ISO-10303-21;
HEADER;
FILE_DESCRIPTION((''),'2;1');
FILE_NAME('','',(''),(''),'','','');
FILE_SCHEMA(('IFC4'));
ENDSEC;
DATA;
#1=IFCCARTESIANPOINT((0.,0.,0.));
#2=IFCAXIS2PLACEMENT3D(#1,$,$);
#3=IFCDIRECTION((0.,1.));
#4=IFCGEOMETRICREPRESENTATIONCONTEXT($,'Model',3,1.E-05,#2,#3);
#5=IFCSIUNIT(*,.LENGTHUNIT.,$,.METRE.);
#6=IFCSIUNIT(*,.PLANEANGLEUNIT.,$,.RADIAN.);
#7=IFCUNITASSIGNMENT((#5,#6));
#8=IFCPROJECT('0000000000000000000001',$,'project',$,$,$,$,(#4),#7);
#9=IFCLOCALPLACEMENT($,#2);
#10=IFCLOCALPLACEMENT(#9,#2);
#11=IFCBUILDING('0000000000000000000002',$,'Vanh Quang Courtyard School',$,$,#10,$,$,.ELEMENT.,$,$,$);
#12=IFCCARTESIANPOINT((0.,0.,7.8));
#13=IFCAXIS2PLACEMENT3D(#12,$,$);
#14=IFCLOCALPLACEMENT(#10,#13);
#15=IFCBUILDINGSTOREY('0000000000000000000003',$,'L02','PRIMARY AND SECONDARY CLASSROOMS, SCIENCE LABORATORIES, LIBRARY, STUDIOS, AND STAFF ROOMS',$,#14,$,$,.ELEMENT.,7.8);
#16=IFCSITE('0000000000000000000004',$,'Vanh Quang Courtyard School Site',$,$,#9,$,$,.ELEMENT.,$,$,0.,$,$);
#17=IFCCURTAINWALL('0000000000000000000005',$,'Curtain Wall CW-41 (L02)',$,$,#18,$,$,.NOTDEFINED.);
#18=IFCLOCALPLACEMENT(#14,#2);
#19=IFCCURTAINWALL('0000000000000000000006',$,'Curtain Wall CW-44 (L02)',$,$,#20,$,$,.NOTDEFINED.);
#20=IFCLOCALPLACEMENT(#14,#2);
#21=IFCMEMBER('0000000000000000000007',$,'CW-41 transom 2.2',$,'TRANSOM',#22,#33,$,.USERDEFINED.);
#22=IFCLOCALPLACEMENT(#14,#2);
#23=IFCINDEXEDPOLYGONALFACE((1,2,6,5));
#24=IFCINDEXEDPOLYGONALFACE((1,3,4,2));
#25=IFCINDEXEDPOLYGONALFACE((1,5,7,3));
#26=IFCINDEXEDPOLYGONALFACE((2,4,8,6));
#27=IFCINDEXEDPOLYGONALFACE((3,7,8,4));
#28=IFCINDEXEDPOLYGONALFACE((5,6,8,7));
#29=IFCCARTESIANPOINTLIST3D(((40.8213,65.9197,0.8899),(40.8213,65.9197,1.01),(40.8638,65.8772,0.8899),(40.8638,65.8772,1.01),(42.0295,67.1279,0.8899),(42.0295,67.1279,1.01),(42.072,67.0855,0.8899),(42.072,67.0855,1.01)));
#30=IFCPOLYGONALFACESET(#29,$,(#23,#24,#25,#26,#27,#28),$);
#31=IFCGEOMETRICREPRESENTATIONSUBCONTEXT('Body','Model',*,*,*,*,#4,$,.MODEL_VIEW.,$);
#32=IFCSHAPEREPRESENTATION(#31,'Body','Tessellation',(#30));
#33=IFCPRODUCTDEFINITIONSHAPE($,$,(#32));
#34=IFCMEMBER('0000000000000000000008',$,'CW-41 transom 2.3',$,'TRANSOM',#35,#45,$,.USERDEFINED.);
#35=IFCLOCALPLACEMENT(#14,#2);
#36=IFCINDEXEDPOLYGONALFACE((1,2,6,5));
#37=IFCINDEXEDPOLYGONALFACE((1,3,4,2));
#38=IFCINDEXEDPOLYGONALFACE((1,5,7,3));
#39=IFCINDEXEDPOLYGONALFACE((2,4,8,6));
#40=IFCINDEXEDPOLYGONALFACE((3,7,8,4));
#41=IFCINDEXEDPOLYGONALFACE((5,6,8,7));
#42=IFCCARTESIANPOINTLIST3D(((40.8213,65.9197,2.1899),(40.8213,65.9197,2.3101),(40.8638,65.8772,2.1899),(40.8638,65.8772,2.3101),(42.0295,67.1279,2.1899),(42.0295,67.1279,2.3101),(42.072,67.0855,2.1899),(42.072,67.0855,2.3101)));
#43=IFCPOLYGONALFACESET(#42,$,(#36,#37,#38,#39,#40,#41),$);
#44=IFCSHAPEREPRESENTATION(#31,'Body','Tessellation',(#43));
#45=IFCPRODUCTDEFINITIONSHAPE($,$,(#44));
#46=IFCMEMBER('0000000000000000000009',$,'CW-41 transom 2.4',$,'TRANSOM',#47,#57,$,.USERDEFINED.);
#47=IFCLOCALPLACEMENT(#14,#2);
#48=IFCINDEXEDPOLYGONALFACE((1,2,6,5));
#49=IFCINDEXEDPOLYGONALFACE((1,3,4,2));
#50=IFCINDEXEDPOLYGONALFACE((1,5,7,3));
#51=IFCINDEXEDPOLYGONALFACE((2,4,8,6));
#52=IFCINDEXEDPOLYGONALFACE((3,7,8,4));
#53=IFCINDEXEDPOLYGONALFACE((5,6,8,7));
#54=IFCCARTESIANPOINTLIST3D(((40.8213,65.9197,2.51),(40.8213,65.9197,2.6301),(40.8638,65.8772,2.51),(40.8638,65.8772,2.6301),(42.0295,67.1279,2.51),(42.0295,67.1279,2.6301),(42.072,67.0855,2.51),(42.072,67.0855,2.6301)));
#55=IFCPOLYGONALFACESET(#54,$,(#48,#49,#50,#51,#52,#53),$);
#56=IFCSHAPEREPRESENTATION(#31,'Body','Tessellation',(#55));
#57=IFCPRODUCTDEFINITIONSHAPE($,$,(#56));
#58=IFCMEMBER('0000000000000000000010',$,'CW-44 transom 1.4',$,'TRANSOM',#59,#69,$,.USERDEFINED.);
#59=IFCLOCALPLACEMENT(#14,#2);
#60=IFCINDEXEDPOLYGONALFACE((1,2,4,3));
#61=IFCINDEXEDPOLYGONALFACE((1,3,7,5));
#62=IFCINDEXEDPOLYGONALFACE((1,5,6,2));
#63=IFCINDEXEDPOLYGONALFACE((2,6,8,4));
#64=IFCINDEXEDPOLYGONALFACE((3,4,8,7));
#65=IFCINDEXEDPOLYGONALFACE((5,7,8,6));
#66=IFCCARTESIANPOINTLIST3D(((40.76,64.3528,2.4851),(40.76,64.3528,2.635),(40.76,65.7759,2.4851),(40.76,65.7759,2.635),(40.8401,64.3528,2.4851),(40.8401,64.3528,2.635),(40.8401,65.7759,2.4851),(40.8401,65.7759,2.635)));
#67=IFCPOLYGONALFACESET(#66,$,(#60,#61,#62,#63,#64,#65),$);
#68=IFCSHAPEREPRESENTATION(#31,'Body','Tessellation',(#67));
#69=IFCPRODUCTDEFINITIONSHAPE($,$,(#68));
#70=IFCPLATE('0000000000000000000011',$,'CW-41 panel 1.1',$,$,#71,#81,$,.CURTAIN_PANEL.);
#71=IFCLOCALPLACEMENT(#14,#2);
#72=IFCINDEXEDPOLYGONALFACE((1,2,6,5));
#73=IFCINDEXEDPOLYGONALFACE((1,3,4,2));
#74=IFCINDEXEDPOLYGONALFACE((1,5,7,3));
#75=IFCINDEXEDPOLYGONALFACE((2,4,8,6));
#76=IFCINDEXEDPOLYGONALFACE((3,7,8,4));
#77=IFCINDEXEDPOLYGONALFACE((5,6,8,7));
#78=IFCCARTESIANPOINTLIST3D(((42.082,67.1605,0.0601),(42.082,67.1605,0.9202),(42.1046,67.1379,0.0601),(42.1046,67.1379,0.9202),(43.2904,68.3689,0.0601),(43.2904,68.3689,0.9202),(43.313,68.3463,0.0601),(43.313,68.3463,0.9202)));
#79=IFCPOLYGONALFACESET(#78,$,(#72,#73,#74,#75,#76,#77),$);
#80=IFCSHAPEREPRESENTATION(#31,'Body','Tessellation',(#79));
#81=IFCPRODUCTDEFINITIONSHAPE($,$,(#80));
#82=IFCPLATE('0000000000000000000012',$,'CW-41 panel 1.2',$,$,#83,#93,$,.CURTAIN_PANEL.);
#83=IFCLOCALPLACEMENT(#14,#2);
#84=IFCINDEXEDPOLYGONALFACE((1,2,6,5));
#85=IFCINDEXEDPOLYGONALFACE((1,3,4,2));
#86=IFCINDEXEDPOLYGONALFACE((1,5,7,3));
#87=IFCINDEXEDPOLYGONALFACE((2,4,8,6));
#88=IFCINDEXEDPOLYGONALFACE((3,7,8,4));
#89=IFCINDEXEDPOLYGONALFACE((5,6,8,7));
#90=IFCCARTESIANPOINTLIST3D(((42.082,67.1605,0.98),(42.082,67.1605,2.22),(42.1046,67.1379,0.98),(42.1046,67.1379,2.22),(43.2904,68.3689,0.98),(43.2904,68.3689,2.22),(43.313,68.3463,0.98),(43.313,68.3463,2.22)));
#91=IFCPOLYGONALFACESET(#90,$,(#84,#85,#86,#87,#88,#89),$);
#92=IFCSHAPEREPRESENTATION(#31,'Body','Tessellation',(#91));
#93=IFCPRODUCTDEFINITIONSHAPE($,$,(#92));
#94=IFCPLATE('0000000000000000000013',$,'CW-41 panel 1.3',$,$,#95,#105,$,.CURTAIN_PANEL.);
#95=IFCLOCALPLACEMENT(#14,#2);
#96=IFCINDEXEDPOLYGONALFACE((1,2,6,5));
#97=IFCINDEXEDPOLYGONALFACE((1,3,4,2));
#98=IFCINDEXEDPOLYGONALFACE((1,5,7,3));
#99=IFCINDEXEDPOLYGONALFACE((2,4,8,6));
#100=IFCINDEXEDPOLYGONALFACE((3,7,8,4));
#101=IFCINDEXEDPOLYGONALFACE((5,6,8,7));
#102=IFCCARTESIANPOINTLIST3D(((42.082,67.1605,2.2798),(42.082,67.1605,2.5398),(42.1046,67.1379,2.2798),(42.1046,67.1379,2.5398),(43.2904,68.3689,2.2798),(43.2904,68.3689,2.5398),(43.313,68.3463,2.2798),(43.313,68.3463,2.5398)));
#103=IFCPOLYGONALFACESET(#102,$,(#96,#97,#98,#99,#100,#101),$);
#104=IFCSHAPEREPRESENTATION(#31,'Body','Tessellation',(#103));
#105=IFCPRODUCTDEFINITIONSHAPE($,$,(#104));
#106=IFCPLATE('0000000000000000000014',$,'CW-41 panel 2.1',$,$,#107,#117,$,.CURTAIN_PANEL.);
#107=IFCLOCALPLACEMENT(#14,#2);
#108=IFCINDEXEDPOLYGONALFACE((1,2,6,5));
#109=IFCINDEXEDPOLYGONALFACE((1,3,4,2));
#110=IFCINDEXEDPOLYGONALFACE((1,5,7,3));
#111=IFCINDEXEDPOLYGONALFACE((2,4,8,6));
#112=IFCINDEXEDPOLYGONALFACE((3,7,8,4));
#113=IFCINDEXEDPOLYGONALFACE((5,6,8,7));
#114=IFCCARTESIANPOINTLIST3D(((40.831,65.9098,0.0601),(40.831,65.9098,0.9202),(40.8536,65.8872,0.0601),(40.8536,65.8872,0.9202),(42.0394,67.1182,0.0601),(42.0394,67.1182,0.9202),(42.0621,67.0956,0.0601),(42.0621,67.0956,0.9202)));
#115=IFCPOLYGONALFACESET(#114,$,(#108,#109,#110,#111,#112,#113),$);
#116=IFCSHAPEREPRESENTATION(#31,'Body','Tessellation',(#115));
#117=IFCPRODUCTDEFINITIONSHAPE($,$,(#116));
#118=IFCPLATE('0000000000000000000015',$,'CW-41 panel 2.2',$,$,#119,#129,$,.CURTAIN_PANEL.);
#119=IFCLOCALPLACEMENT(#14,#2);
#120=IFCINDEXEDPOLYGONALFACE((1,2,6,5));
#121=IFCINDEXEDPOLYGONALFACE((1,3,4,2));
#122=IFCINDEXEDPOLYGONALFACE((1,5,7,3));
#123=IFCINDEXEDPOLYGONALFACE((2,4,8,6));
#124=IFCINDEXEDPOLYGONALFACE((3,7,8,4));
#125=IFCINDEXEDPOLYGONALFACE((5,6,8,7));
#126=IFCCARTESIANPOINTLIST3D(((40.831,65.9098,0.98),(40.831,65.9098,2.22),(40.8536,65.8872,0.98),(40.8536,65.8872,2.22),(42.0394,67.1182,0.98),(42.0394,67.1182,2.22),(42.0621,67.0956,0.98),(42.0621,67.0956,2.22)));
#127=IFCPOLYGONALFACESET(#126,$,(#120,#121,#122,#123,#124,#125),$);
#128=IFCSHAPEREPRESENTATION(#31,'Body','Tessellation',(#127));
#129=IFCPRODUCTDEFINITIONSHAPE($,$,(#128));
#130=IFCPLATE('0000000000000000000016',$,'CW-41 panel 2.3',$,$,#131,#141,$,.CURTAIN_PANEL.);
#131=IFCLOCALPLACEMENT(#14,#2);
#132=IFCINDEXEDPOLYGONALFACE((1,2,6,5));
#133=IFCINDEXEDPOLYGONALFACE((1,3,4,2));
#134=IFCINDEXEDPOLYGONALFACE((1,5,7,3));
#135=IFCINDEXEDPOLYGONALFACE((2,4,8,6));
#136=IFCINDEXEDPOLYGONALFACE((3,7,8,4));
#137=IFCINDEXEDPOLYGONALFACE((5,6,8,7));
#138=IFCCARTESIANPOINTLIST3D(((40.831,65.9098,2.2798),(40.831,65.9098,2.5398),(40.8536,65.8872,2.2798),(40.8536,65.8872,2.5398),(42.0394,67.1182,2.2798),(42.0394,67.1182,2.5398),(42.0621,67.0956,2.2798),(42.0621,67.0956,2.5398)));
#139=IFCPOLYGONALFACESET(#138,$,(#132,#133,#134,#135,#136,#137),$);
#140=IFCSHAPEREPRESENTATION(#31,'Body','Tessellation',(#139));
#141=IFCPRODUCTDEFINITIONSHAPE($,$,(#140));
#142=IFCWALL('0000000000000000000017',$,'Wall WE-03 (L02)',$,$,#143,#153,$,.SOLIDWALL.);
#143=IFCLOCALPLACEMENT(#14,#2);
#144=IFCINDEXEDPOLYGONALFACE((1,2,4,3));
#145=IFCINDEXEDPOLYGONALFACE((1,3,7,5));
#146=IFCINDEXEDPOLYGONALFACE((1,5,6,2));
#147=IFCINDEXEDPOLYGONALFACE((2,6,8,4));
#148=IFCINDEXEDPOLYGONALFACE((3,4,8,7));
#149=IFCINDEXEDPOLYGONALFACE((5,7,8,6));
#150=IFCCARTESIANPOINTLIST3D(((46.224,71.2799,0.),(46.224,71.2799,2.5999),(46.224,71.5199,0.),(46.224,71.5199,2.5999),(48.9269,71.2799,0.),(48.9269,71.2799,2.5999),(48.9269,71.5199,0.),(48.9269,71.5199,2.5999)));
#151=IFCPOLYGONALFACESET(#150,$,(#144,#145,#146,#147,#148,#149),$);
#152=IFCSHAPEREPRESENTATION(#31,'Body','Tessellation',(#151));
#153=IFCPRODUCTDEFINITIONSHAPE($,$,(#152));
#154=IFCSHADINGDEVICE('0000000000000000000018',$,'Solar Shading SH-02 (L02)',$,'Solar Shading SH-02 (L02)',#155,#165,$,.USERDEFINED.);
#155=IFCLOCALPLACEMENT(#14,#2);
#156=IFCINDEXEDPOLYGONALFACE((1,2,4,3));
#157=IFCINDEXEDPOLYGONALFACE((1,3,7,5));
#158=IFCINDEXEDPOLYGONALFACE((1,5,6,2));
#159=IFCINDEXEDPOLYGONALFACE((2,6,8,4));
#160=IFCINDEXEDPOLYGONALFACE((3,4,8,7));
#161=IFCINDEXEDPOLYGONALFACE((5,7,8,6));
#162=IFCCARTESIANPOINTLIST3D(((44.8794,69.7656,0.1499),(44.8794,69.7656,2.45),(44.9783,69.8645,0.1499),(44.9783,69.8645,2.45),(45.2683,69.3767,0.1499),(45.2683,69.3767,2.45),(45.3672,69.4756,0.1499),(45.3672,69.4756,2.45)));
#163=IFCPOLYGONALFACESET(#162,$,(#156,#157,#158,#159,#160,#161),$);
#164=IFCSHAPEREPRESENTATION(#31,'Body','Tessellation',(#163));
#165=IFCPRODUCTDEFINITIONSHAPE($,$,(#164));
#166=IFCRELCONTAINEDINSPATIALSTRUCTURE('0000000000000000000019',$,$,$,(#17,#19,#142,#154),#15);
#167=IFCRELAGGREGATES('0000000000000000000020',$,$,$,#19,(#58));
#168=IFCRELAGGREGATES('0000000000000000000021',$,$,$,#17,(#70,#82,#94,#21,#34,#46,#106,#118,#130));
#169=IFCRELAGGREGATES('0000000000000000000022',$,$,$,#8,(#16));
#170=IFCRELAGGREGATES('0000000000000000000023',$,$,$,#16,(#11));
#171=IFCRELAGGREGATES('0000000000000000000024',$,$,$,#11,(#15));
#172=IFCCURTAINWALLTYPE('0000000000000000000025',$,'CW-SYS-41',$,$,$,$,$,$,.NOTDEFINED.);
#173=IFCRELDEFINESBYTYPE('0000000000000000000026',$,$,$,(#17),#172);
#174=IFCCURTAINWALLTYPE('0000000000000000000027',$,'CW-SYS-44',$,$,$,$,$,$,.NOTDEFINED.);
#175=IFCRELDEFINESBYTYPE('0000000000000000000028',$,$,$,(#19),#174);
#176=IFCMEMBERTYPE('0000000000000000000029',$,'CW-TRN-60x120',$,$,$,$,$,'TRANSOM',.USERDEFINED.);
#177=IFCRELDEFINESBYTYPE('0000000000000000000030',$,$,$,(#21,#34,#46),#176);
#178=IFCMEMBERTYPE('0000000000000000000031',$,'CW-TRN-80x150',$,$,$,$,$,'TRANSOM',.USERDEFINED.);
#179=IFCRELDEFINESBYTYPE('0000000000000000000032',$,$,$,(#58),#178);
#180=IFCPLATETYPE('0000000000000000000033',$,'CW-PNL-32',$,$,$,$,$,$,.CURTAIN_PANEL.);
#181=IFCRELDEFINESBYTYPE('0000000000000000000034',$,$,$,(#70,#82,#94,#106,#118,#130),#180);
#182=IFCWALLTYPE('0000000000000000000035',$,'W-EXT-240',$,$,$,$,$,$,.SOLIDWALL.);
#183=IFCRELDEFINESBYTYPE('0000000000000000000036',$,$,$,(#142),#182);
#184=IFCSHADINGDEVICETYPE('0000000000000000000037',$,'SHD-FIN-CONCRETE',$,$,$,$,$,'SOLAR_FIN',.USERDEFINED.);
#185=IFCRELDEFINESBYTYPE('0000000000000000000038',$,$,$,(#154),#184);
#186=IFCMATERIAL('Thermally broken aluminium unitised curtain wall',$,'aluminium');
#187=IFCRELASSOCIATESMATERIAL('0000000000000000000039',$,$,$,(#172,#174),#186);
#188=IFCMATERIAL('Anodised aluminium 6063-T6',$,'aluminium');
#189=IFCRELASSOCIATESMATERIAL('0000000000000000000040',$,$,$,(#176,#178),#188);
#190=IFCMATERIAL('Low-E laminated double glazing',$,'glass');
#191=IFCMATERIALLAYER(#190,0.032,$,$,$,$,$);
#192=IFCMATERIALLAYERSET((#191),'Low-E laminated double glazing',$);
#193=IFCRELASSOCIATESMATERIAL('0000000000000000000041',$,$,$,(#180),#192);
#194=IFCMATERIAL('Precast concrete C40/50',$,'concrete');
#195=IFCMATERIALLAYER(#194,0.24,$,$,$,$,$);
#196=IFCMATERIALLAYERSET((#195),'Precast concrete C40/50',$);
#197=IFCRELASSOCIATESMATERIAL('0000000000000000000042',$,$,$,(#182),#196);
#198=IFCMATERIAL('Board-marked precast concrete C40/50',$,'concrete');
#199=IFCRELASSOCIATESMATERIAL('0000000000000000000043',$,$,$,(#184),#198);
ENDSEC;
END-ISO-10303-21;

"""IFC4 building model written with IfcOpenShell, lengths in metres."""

from ifc_helpers import new_model, si_unit, direction, frame, frame_2d, origin, origin_2d, place, context, subcontext, project, spatial, rectangle, extrude, material, layer, layer_set, material_profile, profile_set, type_object, element, aggregate, save


model = new_model("IFC4")

# Units and contexts
model_context = context("Model", 3, precision=1e-05, world=origin(), true_north=direction((0.0, 1.0)))
body_context = subcontext(model_context, "Body", "Model", "MODEL_VIEW")
ifc_project = project(units=[si_unit("LENGTHUNIT", "METRE"), si_unit("PLANEANGLEUNIT", "RADIAN")], contexts=[model_context])

# Site, building, storey
site_placement = place(None, origin())
site = spatial("IfcSite", under=ifc_project, at=site_placement, Name="Vanh Quang Courtyard School Site", CompositionType="ELEMENT", RefElevation=0.0)
building_placement = place(site_placement, origin())
building = spatial("IfcBuilding", under=site, at=building_placement, Name="Vanh Quang Courtyard School", CompositionType="ELEMENT")
storey_placement = place(building_placement, frame((0.0, 0.0, 7.8)))
storey = spatial("IfcBuildingStorey", under=building, at=storey_placement, Name="L02", Description="PRIMARY AND SECONDARY CLASSROOMS, SCIENCE LABORATORIES, LIBRARY, STUDIOS, AND STAFF ROOMS", CompositionType="ELEMENT", Elevation=7.8)

# Curtain wall
ifc_material_1 = material(Name="Thermally broken aluminium unitised curtain wall", Category="aluminium")
curtain_wall_type_1 = type_object("IfcCurtainWallType", Name="CW-SYS-41", PredefinedType="NOTDEFINED", material=ifc_material_1)
curtain_wall_1_placement = place(storey_placement, origin())
curtain_wall_1 = element("IfcCurtainWall", 1, at=curtain_wall_1_placement, inside=storey, type_object=curtain_wall_type_1, Name="Curtain Wall CW-41 (L02)", PredefinedType="NOTDEFINED")
ifc_material_2 = material(Name="Anodised aluminium 6063-T6", Category="aluminium")

# Curtain wall
curtain_wall_type_2 = type_object("IfcCurtainWallType", Name="CW-SYS-44", PredefinedType="NOTDEFINED", material=ifc_material_1)
curtain_wall_2_placement = place(storey_placement, origin())
curtain_wall_2 = element("IfcCurtainWall", 2, at=curtain_wall_2_placement, inside=storey, type_object=curtain_wall_type_2, Name="Curtain Wall CW-44 (L02)", PredefinedType="NOTDEFINED")

# Members
ifc_material_profile_1 = material_profile(ifc_material_2, rectangle(XDim=0.0601, YDim=0.1201, at=origin_2d()), Name="ALU-TRN 60x120")
ifc_profile_set_1 = profile_set([ifc_material_profile_1], Name="Anodised aluminium 6063-T6")
member_type_1 = type_object("IfcMemberType", Name="CW-TRN-60x120", ElementType="TRANSOM", PredefinedType="USERDEFINED", material=ifc_profile_set_1)
member_1_placement = place(storey_placement, frame((42.0508, 67.1067, 0.95), z_axis=(-0.707107, -0.707107, 0.0), x_axis=(0.707107, -0.707107, 0.0)))
member_1 = element("IfcMember", 3, at=member_1_placement, type_object=member_type_1, Name="CW-41 transom 2.2", ObjectType="TRANSOM", PredefinedType="USERDEFINED", context=body_context, shape_type="SweptSolid", body=[
    extrude(rectangle(XDim=0.0601, YDim=0.1201, at=origin_2d()), origin(), (0.0, 0.0, 1.0), 1.7087),
])
member_2_placement = place(storey_placement, frame((42.0508, 67.1067, 2.25), z_axis=(-0.707107, -0.707107, 0.0), x_axis=(0.707107, -0.707107, 0.0)))
member_2 = element("IfcMember", 4, at=member_2_placement, type_object=member_type_1, Name="CW-41 transom 2.3", ObjectType="TRANSOM", PredefinedType="USERDEFINED", context=body_context, shape_type="SweptSolid", body=[
    extrude(rectangle(XDim=0.0601, YDim=0.1201, at=origin_2d()), origin(), (0.0, 0.0, 1.0), 1.7087),
])
member_3_placement = place(storey_placement, frame((42.0508, 67.1067, 2.5701), z_axis=(-0.707107, -0.707107, 0.0), x_axis=(0.707107, -0.707107, 0.0)))
member_3 = element("IfcMember", 5, at=member_3_placement, type_object=member_type_1, Name="CW-41 transom 2.4", ObjectType="TRANSOM", PredefinedType="USERDEFINED", context=body_context, shape_type="SweptSolid", body=[
    extrude(rectangle(XDim=0.0601, YDim=0.1201, at=origin_2d()), origin(), (0.0, 0.0, 1.0), 1.7087),
])
ifc_material_profile_2 = material_profile(ifc_material_2, rectangle(XDim=0.0801, YDim=0.1499, at=origin_2d()), Name="ALU-TRN 80x150")
ifc_profile_set_2 = profile_set([ifc_material_profile_2], Name="Anodised aluminium 6063-T6")
member_type_2 = type_object("IfcMemberType", Name="CW-TRN-80x150", ElementType="TRANSOM", PredefinedType="USERDEFINED", material=ifc_profile_set_2)
member_4_placement = place(storey_placement, frame((40.8, 65.7759, 2.5601), z_axis=(0.0, -1.0, 0.0), x_axis=(1.0, 0.0, 0.0)))
member_4 = element("IfcMember", 6, at=member_4_placement, type_object=member_type_2, Name="CW-44 transom 1.4", ObjectType="TRANSOM", PredefinedType="USERDEFINED", context=body_context, shape_type="SweptSolid", body=[
    extrude(rectangle(XDim=0.0801, YDim=0.1499, at=origin_2d()), origin(), (0.0, 0.0, 1.0), 1.4231),
])
aggregate(curtain_wall_2, [member_4])

# Plates
ifc_material_3 = material(Name="Low-E laminated double glazing", Category="glass")
ifc_layer_1 = layer(ifc_material_3, 0.032)
ifc_layer_set_1 = layer_set([ifc_layer_1], Name="Low-E laminated double glazing")
plate_type = type_object("IfcPlateType", Name="CW-PNL-32", PredefinedType="CURTAIN_PANEL", material=ifc_layer_set_1)
plate_1_placement = place(storey_placement, frame((42.6975, 67.7534, 0.0601), z_axis=(0.0, 0.0, 1.0), x_axis=(-0.707107, -0.707107, 0.0)))
plate_1 = element("IfcPlate", 7, at=plate_1_placement, type_object=plate_type, Name="CW-41 panel 1.1", PredefinedType="CURTAIN_PANEL", context=body_context, shape_type="SweptSolid", body=[
    extrude(rectangle(XDim=1.709, YDim=0.032, at=origin_2d()), origin(), (0.0, 0.0, 1.0), 0.8601),
])
plate_2_placement = place(storey_placement, frame((42.6975, 67.7534, 0.98), z_axis=(0.0, 0.0, 1.0), x_axis=(-0.707107, -0.707107, 0.0)))
plate_2 = element("IfcPlate", 8, at=plate_2_placement, type_object=plate_type, Name="CW-41 panel 1.2", PredefinedType="CURTAIN_PANEL", context=body_context, shape_type="SweptSolid", body=[
    extrude(rectangle(XDim=1.709, YDim=0.032, at=origin_2d()), origin(), (0.0, 0.0, 1.0), 1.24),
])
plate_3_placement = place(storey_placement, frame((42.6975, 67.7534, 2.2798), z_axis=(0.0, 0.0, 1.0), x_axis=(-0.707107, -0.707107, 0.0)))
plate_3 = element("IfcPlate", 9, at=plate_3_placement, type_object=plate_type, Name="CW-41 panel 1.3", PredefinedType="CURTAIN_PANEL", context=body_context, shape_type="SweptSolid", body=[
    extrude(rectangle(XDim=1.709, YDim=0.032, at=origin_2d()), origin(), (0.0, 0.0, 1.0), 0.26),
])
plate_4_placement = place(storey_placement, frame((41.4465, 66.5027, 0.0601), z_axis=(0.0, 0.0, 1.0), x_axis=(-0.707107, -0.707107, 0.0)))
plate_4 = element("IfcPlate", 10, at=plate_4_placement, type_object=plate_type, Name="CW-41 panel 2.1", PredefinedType="CURTAIN_PANEL", context=body_context, shape_type="SweptSolid", body=[
    extrude(rectangle(XDim=1.709, YDim=0.032, at=origin_2d()), origin(), (0.0, 0.0, 1.0), 0.8601),
])
plate_5_placement = place(storey_placement, frame((41.4465, 66.5027, 0.98), z_axis=(0.0, 0.0, 1.0), x_axis=(-0.707107, -0.707107, 0.0)))
plate_5 = element("IfcPlate", 11, at=plate_5_placement, type_object=plate_type, Name="CW-41 panel 2.2", PredefinedType="CURTAIN_PANEL", context=body_context, shape_type="SweptSolid", body=[
    extrude(rectangle(XDim=1.709, YDim=0.032, at=origin_2d()), origin(), (0.0, 0.0, 1.0), 1.24),
])
plate_6_placement = place(storey_placement, frame((41.4465, 66.5027, 2.2798), z_axis=(0.0, 0.0, 1.0), x_axis=(-0.707107, -0.707107, 0.0)))
plate_6 = element("IfcPlate", 12, at=plate_6_placement, type_object=plate_type, Name="CW-41 panel 2.3", PredefinedType="CURTAIN_PANEL", context=body_context, shape_type="SweptSolid", body=[
    extrude(rectangle(XDim=1.709, YDim=0.032, at=origin_2d()), origin(), (0.0, 0.0, 1.0), 0.26),
])
aggregate(curtain_wall_1, [plate_1, plate_2, plate_3, member_1, member_2, member_3, plate_4, plate_5, plate_6])

# Wall
ifc_material_4 = material(Name="Precast concrete C40/50", Category="concrete")
ifc_layer_2 = layer(ifc_material_4, 0.24)
ifc_layer_set_2 = layer_set([ifc_layer_2], Name="Precast concrete C40/50")
wall_type = type_object("IfcWallType", Name="W-EXT-240", PredefinedType="SOLIDWALL", material=ifc_layer_set_2)
wall_placement = place(storey_placement, frame((48.927, 71.3999, 0.0), z_axis=(0.0, 0.0, 1.0), x_axis=(-1.0, 0.0, 0.0)))
element("IfcWall", 13, at=wall_placement, inside=storey, type_object=wall_type, Name="Wall WE-03 (L02)", PredefinedType="SOLIDWALL", context=body_context, shape_type="SweptSolid", body=[
    extrude(rectangle(XDim=2.7029, YDim=0.24, at=frame_2d((1.3516, 0.0))), origin(), (0.0, 0.0, 1.0), 2.5999),
])

# Shading device
ifc_material_5 = material(Name="Board-marked precast concrete C40/50", Category="concrete")
shading_device_type = type_object("IfcShadingDeviceType", Name="SHD-FIN-CONCRETE", ElementType="SOLAR_FIN", PredefinedType="USERDEFINED", material=ifc_material_5)
shading_device_placement = place(storey_placement, frame((45.1233, 69.6206, 0.1499), z_axis=(0.0, 0.0, 1.0), x_axis=(-0.707107, -0.707107, 0.0)))
element("IfcShadingDevice", 14, at=shading_device_placement, inside=storey, type_object=shading_device_type, Name="Solar Shading SH-02 (L02)", ObjectType="Solar Shading SH-02 (L02)", PredefinedType="USERDEFINED", context=body_context, shape_type="SweptSolid", body=[
    extrude(rectangle(XDim=0.1399, YDim=0.55, at=origin_2d()), origin(), (0.0, 0.0, 1.0), 2.3),
])

save(model, "model.ifc")
